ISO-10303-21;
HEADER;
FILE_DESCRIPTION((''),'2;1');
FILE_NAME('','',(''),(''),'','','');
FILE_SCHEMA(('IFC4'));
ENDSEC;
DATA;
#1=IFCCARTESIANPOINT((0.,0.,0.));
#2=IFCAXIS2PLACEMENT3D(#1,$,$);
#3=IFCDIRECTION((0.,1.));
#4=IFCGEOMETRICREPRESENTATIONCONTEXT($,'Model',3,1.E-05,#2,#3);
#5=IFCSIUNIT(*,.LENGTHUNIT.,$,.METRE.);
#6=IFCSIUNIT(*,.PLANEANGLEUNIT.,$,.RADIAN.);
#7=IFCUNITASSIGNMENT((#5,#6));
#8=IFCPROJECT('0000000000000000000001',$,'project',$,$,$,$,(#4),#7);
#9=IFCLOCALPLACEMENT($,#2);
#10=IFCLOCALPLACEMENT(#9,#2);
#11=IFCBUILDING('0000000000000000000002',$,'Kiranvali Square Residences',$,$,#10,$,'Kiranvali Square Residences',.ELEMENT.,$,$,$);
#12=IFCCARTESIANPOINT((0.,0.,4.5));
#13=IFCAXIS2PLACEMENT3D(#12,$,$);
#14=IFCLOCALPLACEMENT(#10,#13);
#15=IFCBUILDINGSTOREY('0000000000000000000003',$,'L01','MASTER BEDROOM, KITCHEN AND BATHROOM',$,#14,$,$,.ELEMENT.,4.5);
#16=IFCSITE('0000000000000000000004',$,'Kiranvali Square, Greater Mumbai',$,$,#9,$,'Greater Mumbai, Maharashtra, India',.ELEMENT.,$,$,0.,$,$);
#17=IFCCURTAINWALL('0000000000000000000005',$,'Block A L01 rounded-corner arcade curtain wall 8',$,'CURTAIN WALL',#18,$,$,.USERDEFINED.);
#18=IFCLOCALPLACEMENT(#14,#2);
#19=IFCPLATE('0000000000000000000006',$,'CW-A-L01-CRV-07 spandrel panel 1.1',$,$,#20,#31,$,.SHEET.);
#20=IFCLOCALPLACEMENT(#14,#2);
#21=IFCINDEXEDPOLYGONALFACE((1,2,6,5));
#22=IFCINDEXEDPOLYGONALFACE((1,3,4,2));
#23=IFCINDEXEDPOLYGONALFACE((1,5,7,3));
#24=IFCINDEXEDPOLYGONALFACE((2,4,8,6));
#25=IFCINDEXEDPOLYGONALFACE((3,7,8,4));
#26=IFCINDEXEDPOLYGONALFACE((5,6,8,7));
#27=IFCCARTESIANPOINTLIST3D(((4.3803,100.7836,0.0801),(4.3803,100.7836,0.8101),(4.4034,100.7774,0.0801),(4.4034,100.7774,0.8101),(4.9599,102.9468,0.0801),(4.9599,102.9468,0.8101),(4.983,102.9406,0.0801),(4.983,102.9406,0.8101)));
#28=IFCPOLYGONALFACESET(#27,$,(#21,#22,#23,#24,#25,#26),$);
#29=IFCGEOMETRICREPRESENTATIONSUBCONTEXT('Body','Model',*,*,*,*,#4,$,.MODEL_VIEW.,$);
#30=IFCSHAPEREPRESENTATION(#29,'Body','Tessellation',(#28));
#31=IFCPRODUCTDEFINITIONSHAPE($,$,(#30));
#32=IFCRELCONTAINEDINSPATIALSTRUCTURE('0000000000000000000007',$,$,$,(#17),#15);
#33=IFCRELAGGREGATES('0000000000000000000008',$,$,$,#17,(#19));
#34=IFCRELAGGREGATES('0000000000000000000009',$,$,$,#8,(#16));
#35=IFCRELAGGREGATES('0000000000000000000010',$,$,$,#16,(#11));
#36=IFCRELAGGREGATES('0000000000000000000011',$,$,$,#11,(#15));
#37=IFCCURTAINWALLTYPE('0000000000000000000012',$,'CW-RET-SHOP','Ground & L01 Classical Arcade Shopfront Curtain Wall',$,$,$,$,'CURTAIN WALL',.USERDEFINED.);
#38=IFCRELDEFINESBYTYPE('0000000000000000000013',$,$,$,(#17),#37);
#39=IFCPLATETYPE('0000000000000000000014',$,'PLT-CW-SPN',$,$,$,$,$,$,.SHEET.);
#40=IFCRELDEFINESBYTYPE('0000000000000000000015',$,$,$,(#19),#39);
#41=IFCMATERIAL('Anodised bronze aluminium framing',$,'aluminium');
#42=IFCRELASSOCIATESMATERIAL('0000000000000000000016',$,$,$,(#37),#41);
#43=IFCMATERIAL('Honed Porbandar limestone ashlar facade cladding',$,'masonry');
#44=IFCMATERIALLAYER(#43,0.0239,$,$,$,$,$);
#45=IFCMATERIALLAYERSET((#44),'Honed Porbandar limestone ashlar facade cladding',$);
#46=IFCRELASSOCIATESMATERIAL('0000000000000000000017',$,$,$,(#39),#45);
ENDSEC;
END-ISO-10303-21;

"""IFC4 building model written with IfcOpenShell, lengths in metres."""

from ifc_helpers import new_model, si_unit, direction, frame, origin, origin_2d, place, context, subcontext, project, spatial, rectangle, extrude, material, layer, layer_set, type_object, element, aggregate, save


model = new_model("IFC4")

# Units and contexts
model_context = context("Model", 3, precision=1e-05, world=origin(), true_north=direction((0.0, 1.0)))
body_context = subcontext(model_context, "Body", "Model", "MODEL_VIEW")
ifc_project = project(units=[si_unit("LENGTHUNIT", "METRE"), si_unit("PLANEANGLEUNIT", "RADIAN")], contexts=[model_context])

# Site, building, storey
site_placement = place(None, origin())
site = spatial("IfcSite", under=ifc_project, at=site_placement, Name="Kiranvali Square, Greater Mumbai", LongName="Greater Mumbai, Maharashtra, India", CompositionType="ELEMENT", RefElevation=0.0)
building_placement = place(site_placement, origin())
building = spatial("IfcBuilding", under=site, at=building_placement, Name="Kiranvali Square Residences", LongName="Kiranvali Square Residences", CompositionType="ELEMENT")
storey_placement = place(building_placement, frame((0.0, 0.0, 4.5)))
storey = spatial("IfcBuildingStorey", under=building, at=storey_placement, Name="L01", Description="MASTER BEDROOM, KITCHEN AND BATHROOM", CompositionType="ELEMENT", Elevation=4.5)

# Curtain wall
ifc_material_1 = material(Name="Anodised bronze aluminium framing", Category="aluminium")
curtain_wall_type = type_object("IfcCurtainWallType", Name="CW-RET-SHOP", Description="Ground & L01 Classical Arcade Shopfront Curtain Wall", ElementType="CURTAIN WALL", PredefinedType="USERDEFINED", material=ifc_material_1)
curtain_wall_1_placement = place(storey_placement, origin())
curtain_wall_1 = element("IfcCurtainWall", 1, at=curtain_wall_1_placement, inside=storey, type_object=curtain_wall_type, Name="Block A L01 rounded-corner arcade curtain wall 8", ObjectType="CURTAIN WALL", PredefinedType="USERDEFINED")

# Plate
ifc_material_2 = material(Name="Honed Porbandar limestone ashlar facade cladding", Category="masonry")
ifc_layer_1 = layer(ifc_material_2, 0.0239)
ifc_layer_set_1 = layer_set([ifc_layer_1], Name="Honed Porbandar limestone ashlar facade cladding")
plate_type_1 = type_object("IfcPlateType", Name="PLT-CW-SPN", PredefinedType="SHEET", material=ifc_layer_set_1)
plate_1_placement = place(storey_placement, frame((4.6816, 101.8621, 0.0801), z_axis=(0.0, 0.0, 1.0), x_axis=(-0.258819, -0.965926, 0.0)))
plate_1 = element("IfcPlate", 2, at=plate_1_placement, type_object=plate_type_1, Name="CW-A-L01-CRV-07 spandrel panel 1.1", PredefinedType="SHEET", context=body_context, shape_type="SweptSolid", body=[
    extrude(rectangle(XDim=2.2395, YDim=0.0239, at=origin_2d()), origin(), (0.0, 0.0, 1.0), 0.73),
])
aggregate(curtain_wall_1, [plate_1])

save(model, "model.ifc")
